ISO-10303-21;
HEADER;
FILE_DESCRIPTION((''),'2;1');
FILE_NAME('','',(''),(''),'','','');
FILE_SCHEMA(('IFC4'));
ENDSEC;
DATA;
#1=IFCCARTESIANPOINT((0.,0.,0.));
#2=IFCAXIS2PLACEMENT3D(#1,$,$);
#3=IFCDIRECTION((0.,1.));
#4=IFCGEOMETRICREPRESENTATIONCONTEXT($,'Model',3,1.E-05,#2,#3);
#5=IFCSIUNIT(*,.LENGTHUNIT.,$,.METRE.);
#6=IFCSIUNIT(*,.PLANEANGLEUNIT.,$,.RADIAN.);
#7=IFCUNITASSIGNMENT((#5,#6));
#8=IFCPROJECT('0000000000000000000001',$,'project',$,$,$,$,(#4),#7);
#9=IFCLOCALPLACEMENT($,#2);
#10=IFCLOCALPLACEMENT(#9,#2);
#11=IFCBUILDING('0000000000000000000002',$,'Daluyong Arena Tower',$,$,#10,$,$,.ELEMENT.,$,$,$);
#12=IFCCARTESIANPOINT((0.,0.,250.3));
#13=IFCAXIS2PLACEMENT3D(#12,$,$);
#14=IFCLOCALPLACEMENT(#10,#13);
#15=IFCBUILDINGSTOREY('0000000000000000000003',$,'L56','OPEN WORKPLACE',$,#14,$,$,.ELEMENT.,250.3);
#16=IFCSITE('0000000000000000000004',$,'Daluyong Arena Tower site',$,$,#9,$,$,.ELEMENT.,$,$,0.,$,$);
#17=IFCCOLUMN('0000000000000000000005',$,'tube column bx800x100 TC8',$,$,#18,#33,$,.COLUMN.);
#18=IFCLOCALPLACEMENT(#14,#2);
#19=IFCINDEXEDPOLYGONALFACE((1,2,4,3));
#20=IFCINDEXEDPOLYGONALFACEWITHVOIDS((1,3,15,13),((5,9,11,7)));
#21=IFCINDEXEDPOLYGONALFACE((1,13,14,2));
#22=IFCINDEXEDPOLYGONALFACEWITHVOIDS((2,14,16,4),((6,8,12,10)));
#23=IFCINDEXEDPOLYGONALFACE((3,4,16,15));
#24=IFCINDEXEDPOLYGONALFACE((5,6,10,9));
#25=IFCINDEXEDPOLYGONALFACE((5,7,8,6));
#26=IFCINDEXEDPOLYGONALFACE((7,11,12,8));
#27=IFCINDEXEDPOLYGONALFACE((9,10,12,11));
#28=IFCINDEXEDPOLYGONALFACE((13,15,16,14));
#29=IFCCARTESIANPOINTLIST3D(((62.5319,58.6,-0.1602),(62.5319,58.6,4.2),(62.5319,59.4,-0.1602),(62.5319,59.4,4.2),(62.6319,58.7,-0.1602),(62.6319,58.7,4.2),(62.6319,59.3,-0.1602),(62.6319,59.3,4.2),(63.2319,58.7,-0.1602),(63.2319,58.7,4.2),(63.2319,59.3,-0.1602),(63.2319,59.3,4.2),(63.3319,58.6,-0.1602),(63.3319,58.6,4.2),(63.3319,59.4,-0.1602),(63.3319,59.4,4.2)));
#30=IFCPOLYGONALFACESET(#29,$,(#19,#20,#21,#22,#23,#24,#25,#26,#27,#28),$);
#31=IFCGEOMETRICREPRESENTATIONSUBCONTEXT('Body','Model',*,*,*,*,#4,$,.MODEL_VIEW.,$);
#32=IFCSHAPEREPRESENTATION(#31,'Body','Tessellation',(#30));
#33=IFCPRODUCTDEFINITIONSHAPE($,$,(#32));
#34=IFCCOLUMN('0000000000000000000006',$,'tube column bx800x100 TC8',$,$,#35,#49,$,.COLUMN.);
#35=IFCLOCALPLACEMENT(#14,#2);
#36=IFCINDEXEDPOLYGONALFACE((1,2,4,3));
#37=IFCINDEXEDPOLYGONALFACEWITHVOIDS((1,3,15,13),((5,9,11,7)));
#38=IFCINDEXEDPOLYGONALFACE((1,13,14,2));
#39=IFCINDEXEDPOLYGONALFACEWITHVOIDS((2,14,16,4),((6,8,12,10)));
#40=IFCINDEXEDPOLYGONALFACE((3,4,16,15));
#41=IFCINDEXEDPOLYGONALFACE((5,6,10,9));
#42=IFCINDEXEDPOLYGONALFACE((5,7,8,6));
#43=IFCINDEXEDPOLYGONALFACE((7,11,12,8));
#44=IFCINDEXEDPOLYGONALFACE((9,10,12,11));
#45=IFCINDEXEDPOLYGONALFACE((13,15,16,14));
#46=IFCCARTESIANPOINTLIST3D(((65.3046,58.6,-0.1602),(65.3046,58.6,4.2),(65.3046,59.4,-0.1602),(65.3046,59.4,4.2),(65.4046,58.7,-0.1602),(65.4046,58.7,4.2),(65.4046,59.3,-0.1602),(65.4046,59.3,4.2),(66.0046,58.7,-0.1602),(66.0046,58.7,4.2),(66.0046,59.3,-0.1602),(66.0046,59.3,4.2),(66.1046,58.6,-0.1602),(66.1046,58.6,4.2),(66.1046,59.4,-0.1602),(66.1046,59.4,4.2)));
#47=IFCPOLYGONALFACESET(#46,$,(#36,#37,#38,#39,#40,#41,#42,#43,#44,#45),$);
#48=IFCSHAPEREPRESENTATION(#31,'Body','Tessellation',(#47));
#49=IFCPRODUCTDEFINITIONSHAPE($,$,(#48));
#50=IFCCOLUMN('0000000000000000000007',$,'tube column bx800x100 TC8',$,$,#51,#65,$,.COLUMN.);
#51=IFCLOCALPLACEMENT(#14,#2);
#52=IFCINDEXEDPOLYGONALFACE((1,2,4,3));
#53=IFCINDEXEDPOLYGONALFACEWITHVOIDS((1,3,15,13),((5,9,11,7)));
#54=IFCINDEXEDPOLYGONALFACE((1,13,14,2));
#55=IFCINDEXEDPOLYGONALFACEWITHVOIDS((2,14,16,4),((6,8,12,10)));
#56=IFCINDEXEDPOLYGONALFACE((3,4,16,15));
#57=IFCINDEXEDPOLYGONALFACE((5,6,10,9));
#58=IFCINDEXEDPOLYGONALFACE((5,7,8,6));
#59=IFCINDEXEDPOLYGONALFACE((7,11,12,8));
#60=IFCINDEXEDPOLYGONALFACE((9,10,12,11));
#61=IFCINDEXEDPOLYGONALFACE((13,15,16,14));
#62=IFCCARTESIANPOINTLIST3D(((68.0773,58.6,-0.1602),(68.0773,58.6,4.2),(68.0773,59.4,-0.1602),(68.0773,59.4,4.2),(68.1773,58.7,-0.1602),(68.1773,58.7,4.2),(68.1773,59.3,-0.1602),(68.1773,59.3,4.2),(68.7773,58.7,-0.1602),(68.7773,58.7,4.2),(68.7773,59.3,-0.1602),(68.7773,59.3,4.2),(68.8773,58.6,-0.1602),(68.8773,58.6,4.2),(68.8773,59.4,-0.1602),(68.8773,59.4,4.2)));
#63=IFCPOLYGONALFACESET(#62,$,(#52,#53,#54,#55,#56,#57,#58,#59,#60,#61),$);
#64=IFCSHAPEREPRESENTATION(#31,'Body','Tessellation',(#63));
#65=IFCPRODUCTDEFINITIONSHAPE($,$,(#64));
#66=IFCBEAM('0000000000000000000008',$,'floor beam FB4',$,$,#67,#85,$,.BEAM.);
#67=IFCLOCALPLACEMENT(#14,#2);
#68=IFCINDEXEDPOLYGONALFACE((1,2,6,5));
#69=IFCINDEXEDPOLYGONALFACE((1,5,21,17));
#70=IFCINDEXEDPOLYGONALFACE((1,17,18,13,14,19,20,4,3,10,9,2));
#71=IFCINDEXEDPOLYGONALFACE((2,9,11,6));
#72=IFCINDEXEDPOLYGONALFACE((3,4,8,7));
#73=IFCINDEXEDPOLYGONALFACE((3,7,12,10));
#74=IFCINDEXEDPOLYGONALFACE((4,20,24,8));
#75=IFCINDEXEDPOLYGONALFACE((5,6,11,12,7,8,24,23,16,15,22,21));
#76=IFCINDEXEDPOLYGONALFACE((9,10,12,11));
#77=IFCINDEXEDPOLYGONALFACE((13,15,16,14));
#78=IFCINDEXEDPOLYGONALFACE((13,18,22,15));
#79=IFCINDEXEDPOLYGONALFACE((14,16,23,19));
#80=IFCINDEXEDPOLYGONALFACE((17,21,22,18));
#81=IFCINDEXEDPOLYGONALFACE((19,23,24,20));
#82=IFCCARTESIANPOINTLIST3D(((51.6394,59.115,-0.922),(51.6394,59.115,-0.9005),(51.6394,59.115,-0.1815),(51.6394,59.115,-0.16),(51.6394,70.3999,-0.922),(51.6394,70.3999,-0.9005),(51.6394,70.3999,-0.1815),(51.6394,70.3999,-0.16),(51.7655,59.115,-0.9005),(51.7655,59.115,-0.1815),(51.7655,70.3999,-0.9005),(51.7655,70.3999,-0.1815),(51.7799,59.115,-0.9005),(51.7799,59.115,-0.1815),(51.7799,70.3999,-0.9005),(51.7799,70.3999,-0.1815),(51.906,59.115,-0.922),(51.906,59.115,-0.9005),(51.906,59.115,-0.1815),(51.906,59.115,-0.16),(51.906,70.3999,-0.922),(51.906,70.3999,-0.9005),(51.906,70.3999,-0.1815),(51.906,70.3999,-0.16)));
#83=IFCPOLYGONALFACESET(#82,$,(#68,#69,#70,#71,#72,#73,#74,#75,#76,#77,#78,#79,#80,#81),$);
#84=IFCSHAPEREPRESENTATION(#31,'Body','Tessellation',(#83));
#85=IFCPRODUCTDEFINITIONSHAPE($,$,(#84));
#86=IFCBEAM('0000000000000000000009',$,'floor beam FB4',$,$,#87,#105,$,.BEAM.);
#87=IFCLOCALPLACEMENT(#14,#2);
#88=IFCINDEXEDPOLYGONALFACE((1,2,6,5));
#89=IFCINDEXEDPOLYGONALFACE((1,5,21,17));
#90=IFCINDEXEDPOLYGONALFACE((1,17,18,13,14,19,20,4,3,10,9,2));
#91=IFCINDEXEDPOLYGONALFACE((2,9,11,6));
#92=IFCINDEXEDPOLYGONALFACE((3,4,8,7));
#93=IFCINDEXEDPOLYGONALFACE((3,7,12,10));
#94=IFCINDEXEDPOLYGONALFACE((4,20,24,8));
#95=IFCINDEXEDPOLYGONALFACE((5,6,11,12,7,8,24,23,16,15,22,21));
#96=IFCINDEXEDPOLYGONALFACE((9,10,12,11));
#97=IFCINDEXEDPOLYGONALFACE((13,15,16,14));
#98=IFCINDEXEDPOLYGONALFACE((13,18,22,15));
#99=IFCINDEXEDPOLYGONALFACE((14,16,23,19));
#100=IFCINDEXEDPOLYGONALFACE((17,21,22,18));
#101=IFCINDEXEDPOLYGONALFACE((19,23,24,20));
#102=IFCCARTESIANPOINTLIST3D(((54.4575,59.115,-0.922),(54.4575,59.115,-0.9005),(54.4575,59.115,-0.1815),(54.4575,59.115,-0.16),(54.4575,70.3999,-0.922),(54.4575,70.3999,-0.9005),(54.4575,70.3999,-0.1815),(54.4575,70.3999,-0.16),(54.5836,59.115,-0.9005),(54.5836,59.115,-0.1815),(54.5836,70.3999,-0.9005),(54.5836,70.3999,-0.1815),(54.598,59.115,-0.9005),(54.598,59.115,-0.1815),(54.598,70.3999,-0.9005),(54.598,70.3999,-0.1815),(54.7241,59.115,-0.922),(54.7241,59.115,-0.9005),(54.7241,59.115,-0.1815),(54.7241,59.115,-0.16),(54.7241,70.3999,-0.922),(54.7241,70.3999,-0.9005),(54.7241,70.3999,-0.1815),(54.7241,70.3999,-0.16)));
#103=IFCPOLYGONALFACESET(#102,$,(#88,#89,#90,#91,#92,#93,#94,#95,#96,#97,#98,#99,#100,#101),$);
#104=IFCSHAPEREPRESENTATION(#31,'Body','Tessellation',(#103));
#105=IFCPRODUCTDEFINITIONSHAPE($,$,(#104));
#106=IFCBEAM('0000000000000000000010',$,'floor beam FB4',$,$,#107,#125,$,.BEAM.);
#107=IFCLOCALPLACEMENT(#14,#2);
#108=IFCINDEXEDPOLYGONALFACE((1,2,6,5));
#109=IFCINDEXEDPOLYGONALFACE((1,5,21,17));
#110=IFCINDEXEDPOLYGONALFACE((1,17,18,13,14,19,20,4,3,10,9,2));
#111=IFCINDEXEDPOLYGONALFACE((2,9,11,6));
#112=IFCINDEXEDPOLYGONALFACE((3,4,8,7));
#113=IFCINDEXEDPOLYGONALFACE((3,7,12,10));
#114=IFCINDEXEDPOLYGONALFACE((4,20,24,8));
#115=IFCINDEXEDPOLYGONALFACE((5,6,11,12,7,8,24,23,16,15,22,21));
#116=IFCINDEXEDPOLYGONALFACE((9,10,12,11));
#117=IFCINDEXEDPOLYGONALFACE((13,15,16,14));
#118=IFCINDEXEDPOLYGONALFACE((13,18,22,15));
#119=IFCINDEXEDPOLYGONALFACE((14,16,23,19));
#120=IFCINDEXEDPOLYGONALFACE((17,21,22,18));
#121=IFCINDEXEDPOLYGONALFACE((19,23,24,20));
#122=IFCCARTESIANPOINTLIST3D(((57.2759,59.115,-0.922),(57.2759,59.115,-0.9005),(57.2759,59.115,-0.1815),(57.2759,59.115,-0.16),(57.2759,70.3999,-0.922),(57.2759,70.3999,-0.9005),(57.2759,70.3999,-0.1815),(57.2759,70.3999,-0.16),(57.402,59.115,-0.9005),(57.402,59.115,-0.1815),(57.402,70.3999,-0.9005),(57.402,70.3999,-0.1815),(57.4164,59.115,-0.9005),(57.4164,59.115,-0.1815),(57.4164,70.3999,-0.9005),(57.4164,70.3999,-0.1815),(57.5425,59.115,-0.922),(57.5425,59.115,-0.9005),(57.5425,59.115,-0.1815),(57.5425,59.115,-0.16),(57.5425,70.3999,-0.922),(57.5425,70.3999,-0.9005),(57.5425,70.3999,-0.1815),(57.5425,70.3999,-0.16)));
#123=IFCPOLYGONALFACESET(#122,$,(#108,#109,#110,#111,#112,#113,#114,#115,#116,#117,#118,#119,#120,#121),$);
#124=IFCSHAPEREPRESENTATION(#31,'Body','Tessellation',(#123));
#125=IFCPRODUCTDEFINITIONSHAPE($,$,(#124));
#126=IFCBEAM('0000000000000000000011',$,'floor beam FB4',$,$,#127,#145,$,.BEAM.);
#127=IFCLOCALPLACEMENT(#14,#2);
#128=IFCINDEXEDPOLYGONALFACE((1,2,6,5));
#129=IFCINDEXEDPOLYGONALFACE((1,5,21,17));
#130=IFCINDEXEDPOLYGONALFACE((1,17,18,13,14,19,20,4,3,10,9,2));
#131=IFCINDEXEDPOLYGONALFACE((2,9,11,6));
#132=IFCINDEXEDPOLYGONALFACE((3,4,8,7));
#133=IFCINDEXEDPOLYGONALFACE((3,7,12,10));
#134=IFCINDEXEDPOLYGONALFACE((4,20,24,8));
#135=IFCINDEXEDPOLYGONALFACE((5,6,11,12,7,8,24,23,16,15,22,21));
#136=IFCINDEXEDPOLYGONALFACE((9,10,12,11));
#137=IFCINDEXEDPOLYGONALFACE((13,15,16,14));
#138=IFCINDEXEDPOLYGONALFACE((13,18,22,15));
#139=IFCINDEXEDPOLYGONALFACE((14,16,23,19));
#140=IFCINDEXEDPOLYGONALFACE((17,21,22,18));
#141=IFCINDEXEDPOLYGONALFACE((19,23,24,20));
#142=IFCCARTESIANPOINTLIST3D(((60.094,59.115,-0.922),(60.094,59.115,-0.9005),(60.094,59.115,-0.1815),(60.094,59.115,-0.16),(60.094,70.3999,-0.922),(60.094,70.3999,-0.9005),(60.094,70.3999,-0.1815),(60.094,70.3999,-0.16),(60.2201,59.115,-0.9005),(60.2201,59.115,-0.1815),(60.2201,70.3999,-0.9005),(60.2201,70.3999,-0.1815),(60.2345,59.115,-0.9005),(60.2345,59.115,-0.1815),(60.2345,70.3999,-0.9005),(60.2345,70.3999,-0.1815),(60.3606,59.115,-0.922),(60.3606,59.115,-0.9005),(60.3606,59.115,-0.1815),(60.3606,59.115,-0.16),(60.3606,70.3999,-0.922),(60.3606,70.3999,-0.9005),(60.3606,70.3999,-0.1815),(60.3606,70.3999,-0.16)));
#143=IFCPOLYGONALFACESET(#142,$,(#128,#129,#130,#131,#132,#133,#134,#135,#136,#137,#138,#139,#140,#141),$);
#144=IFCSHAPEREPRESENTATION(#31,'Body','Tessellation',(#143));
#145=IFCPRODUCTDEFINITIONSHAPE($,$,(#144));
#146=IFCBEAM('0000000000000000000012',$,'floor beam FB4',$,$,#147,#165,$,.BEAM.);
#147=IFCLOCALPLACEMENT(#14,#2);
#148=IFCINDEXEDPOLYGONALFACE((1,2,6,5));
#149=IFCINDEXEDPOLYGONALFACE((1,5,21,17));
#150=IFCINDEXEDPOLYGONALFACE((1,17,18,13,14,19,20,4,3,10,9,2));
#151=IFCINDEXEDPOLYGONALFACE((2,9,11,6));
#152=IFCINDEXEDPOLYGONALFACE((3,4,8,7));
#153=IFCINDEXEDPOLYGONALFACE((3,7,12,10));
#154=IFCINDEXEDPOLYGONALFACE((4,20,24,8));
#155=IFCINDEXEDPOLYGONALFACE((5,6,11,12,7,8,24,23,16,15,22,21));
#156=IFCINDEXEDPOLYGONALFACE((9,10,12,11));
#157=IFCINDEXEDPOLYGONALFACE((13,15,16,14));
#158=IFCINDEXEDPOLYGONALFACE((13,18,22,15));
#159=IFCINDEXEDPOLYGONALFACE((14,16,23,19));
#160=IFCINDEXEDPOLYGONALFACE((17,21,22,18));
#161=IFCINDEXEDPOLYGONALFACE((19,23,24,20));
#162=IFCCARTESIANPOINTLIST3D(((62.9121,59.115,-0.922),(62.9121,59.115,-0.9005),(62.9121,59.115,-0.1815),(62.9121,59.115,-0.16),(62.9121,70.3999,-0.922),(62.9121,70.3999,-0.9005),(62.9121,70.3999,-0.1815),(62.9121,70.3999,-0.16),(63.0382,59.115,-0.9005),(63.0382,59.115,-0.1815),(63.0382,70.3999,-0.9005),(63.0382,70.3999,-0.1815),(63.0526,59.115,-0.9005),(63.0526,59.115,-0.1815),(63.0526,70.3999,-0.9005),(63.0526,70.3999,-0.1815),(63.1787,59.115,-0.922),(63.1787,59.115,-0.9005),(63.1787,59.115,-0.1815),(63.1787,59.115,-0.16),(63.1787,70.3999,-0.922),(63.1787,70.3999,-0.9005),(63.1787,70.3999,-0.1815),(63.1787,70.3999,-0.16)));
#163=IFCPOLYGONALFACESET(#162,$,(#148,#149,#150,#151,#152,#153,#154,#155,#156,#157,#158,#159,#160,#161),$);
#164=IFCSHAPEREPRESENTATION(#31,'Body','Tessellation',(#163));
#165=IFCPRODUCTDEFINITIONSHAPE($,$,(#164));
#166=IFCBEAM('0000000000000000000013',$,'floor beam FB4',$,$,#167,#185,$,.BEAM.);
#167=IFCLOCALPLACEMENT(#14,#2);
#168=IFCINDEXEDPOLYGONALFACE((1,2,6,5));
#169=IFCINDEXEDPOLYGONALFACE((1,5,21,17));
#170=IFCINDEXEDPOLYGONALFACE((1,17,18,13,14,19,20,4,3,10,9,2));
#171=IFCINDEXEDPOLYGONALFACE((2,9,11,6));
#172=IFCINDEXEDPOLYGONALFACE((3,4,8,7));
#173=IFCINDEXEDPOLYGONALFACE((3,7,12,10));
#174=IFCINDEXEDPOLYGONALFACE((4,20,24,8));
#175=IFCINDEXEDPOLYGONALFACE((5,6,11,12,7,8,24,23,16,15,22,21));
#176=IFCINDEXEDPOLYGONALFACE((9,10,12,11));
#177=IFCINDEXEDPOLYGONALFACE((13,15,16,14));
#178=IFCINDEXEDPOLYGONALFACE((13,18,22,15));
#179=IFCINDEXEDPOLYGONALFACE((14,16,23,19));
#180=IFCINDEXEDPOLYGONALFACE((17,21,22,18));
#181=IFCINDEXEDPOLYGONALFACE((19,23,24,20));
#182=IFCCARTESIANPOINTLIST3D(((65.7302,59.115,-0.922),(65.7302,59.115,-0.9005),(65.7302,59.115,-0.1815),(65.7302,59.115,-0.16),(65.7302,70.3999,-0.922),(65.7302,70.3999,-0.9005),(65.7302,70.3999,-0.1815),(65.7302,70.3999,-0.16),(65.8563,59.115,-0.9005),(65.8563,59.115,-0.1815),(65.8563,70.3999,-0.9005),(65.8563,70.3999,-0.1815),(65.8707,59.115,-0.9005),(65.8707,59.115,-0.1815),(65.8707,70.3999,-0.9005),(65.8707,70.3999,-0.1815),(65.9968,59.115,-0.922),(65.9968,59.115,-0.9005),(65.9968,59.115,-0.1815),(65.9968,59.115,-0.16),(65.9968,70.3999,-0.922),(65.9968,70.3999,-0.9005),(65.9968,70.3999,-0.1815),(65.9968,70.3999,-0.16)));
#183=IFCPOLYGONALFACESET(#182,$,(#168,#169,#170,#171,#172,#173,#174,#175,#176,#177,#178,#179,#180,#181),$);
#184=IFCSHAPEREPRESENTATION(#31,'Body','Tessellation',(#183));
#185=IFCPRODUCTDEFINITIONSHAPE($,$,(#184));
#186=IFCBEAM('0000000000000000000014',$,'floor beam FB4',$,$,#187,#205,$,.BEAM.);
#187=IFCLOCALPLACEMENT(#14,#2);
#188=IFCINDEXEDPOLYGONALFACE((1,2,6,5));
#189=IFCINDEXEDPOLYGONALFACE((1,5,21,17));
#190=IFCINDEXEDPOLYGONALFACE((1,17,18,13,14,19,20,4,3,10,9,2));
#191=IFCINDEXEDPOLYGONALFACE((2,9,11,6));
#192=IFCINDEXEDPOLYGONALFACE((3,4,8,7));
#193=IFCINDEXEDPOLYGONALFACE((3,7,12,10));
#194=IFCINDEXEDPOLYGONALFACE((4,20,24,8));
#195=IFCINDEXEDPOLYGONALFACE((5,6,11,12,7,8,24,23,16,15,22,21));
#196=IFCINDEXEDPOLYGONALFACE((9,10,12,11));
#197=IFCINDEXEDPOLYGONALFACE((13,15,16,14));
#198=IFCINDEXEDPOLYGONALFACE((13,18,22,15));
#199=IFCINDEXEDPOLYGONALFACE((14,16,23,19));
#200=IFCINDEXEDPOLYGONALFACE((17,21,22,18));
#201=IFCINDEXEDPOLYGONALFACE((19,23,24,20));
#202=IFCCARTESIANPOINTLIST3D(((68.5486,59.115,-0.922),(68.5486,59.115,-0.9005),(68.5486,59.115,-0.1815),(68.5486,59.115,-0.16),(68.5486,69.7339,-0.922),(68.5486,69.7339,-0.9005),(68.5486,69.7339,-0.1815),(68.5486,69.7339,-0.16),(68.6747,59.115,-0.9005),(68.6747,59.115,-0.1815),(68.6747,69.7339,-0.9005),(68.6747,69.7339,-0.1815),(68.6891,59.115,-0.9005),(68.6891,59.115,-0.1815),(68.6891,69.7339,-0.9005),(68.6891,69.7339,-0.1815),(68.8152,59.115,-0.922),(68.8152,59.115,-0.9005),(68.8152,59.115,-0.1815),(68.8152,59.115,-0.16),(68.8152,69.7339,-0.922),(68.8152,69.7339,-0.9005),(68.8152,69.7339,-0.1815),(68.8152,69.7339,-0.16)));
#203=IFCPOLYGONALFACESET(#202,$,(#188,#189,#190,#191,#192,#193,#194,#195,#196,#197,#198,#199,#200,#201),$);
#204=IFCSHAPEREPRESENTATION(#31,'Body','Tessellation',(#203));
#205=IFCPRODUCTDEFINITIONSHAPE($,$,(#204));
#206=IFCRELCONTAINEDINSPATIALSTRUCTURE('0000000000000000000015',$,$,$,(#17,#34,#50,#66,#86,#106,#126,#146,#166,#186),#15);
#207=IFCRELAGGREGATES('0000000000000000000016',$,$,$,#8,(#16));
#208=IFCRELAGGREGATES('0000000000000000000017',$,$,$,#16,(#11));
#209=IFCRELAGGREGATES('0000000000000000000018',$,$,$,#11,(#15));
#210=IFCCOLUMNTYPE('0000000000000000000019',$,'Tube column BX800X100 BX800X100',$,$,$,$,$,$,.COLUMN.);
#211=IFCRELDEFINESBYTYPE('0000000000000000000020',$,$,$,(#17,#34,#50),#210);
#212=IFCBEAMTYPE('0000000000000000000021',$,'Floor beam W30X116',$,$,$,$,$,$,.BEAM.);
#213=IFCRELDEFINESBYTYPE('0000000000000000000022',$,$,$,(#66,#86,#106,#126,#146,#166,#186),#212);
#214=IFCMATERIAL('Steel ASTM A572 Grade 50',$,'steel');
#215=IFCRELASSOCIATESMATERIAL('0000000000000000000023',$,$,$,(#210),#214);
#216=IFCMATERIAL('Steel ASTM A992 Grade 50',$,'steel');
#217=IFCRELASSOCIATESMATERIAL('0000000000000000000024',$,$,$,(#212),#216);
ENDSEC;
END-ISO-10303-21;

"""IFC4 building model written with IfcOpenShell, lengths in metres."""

from ifc_helpers import new_model, si_unit, direction, frame, origin, origin_2d, place, context, subcontext, project, spatial, hollow_rectangle, i_section, extrude, material, material_profile, profile_set, type_object, element, save


model = new_model("IFC4")

# Units and contexts
model_context = context("Model", 3, precision=1e-05, world=origin(), true_north=direction((0.0, 1.0)))
body_context = subcontext(model_context, "Body", "Model", "MODEL_VIEW")
ifc_project = project(units=[si_unit("LENGTHUNIT", "METRE"), si_unit("PLANEANGLEUNIT", "RADIAN")], contexts=[model_context])

# Site, building, storey
site_placement = place(None, origin())
site = spatial("IfcSite", under=ifc_project, at=site_placement, Name="Daluyong Arena Tower site", CompositionType="ELEMENT", RefElevation=0.0)
building_placement = place(site_placement, origin())
building = spatial("IfcBuilding", under=site, at=building_placement, Name="Daluyong Arena Tower", CompositionType="ELEMENT")
storey_placement = place(building_placement, frame((0.0, 0.0, 250.3)))
storey = spatial("IfcBuildingStorey", under=building, at=storey_placement, Name="L56", Description="OPEN WORKPLACE", CompositionType="ELEMENT", Elevation=250.3)

# Columns
ifc_material_1 = material(Name="Steel ASTM A572 Grade 50", Category="steel")
ifc_material_profile_1 = material_profile(ifc_material_1, hollow_rectangle(XDim=0.8, YDim=0.8, WallThickness=0.1, at=origin_2d()))
ifc_profile_set_1 = profile_set([ifc_material_profile_1], Name="Steel ASTM A572 Grade 50")
column_type = type_object("IfcColumnType", Name="Tube column BX800X100 BX800X100", PredefinedType="COLUMN", material=ifc_profile_set_1)
for number, where, z_axis, x_axis, name in (
    (1, (62.9319, 59.0, -0.1602), (0.0, 0.0, 1.0), (1.0, 0.0, 0.0), "tube column bx800x100 TC8"),
    (2, (65.7046, 59.0, -0.1602), (0.0, 0.0, 1.0), (1.0, 0.0, 0.0), "tube column bx800x100 TC8"),
    (3, (68.4773, 59.0, -0.1602), (0.0, 0.0, 1.0), (1.0, 0.0, 0.0), "tube column bx800x100 TC8"),
):
    element("IfcColumn", number, at=place(storey_placement, frame(where, z_axis=z_axis, x_axis=x_axis)), inside=storey, type_object=column_type, Name=name, PredefinedType="COLUMN", context=body_context, shape_type="SweptSolid", body=[
        extrude(hollow_rectangle(XDim=0.8, YDim=0.8, WallThickness=0.1, at=origin_2d()), origin(), (0.0, 0.0, 1.0), 4.3601),
    ])

# Beams
ifc_material_2 = material(Name="Steel ASTM A992 Grade 50", Category="steel")
ifc_material_profile_2 = material_profile(ifc_material_2, i_section(OverallWidth=0.2666, OverallDepth=0.762, WebThickness=0.0144, FlangeThickness=0.0215, at=origin_2d()))
ifc_profile_set_2 = profile_set([ifc_material_profile_2], Name="Steel ASTM A992 Grade 50")
beam_type_1 = type_object("IfcBeamType", Name="Floor beam W30X116", PredefinedType="BEAM", material=ifc_profile_set_2)
for number, where, z_axis, x_axis, name in (
    (4, (51.7727, 59.115, -0.541), (0.0, 1.0, 0.0), (-1.0, 0.0, 0.0), "floor beam FB4"),
    (5, (54.5908, 59.115, -0.541), (0.0, 1.0, 0.0), (-1.0, 0.0, 0.0), "floor beam FB4"),
    (6, (57.4092, 59.115, -0.541), (0.0, 1.0, 0.0), (-1.0, 0.0, 0.0), "floor beam FB4"),
    (7, (60.2273, 59.115, -0.541), (0.0, 1.0, 0.0), (-1.0, 0.0, 0.0), "floor beam FB4"),
    (8, (63.0454, 59.115, -0.541), (0.0, 1.0, 0.0), (-1.0, 0.0, 0.0), "floor beam FB4"),
    (9, (65.8635, 59.115, -0.541), (0.0, 1.0, 0.0), (-1.0, 0.0, 0.0), "floor beam FB4"),
):
    element("IfcBeam", number, at=place(storey_placement, frame(where, z_axis=z_axis, x_axis=x_axis)), inside=storey, type_object=beam_type_1, Name=name, PredefinedType="BEAM", context=body_context, shape_type="SweptSolid", body=[
        extrude(i_section(OverallWidth=0.2666, OverallDepth=0.762, WebThickness=0.0144, FlangeThickness=0.0215, at=origin_2d()), origin(), (0.0, 0.0, 1.0), 11.2849),
    ])
beam_1_placement = place(storey_placement, frame((68.6819, 59.115, -0.541), z_axis=(0.0, 1.0, 0.0), x_axis=(-1.0, 0.0, 0.0)))
element("IfcBeam", 10, at=beam_1_placement, inside=storey, type_object=beam_type_1, Name="floor beam FB4", PredefinedType="BEAM", context=body_context, shape_type="SweptSolid", body=[
    extrude(i_section(OverallWidth=0.2666, OverallDepth=0.762, WebThickness=0.0144, FlangeThickness=0.0215, at=origin_2d()), origin(), (0.0, 0.0, 1.0), 10.6189),
])

save(model, "model.ifc")
